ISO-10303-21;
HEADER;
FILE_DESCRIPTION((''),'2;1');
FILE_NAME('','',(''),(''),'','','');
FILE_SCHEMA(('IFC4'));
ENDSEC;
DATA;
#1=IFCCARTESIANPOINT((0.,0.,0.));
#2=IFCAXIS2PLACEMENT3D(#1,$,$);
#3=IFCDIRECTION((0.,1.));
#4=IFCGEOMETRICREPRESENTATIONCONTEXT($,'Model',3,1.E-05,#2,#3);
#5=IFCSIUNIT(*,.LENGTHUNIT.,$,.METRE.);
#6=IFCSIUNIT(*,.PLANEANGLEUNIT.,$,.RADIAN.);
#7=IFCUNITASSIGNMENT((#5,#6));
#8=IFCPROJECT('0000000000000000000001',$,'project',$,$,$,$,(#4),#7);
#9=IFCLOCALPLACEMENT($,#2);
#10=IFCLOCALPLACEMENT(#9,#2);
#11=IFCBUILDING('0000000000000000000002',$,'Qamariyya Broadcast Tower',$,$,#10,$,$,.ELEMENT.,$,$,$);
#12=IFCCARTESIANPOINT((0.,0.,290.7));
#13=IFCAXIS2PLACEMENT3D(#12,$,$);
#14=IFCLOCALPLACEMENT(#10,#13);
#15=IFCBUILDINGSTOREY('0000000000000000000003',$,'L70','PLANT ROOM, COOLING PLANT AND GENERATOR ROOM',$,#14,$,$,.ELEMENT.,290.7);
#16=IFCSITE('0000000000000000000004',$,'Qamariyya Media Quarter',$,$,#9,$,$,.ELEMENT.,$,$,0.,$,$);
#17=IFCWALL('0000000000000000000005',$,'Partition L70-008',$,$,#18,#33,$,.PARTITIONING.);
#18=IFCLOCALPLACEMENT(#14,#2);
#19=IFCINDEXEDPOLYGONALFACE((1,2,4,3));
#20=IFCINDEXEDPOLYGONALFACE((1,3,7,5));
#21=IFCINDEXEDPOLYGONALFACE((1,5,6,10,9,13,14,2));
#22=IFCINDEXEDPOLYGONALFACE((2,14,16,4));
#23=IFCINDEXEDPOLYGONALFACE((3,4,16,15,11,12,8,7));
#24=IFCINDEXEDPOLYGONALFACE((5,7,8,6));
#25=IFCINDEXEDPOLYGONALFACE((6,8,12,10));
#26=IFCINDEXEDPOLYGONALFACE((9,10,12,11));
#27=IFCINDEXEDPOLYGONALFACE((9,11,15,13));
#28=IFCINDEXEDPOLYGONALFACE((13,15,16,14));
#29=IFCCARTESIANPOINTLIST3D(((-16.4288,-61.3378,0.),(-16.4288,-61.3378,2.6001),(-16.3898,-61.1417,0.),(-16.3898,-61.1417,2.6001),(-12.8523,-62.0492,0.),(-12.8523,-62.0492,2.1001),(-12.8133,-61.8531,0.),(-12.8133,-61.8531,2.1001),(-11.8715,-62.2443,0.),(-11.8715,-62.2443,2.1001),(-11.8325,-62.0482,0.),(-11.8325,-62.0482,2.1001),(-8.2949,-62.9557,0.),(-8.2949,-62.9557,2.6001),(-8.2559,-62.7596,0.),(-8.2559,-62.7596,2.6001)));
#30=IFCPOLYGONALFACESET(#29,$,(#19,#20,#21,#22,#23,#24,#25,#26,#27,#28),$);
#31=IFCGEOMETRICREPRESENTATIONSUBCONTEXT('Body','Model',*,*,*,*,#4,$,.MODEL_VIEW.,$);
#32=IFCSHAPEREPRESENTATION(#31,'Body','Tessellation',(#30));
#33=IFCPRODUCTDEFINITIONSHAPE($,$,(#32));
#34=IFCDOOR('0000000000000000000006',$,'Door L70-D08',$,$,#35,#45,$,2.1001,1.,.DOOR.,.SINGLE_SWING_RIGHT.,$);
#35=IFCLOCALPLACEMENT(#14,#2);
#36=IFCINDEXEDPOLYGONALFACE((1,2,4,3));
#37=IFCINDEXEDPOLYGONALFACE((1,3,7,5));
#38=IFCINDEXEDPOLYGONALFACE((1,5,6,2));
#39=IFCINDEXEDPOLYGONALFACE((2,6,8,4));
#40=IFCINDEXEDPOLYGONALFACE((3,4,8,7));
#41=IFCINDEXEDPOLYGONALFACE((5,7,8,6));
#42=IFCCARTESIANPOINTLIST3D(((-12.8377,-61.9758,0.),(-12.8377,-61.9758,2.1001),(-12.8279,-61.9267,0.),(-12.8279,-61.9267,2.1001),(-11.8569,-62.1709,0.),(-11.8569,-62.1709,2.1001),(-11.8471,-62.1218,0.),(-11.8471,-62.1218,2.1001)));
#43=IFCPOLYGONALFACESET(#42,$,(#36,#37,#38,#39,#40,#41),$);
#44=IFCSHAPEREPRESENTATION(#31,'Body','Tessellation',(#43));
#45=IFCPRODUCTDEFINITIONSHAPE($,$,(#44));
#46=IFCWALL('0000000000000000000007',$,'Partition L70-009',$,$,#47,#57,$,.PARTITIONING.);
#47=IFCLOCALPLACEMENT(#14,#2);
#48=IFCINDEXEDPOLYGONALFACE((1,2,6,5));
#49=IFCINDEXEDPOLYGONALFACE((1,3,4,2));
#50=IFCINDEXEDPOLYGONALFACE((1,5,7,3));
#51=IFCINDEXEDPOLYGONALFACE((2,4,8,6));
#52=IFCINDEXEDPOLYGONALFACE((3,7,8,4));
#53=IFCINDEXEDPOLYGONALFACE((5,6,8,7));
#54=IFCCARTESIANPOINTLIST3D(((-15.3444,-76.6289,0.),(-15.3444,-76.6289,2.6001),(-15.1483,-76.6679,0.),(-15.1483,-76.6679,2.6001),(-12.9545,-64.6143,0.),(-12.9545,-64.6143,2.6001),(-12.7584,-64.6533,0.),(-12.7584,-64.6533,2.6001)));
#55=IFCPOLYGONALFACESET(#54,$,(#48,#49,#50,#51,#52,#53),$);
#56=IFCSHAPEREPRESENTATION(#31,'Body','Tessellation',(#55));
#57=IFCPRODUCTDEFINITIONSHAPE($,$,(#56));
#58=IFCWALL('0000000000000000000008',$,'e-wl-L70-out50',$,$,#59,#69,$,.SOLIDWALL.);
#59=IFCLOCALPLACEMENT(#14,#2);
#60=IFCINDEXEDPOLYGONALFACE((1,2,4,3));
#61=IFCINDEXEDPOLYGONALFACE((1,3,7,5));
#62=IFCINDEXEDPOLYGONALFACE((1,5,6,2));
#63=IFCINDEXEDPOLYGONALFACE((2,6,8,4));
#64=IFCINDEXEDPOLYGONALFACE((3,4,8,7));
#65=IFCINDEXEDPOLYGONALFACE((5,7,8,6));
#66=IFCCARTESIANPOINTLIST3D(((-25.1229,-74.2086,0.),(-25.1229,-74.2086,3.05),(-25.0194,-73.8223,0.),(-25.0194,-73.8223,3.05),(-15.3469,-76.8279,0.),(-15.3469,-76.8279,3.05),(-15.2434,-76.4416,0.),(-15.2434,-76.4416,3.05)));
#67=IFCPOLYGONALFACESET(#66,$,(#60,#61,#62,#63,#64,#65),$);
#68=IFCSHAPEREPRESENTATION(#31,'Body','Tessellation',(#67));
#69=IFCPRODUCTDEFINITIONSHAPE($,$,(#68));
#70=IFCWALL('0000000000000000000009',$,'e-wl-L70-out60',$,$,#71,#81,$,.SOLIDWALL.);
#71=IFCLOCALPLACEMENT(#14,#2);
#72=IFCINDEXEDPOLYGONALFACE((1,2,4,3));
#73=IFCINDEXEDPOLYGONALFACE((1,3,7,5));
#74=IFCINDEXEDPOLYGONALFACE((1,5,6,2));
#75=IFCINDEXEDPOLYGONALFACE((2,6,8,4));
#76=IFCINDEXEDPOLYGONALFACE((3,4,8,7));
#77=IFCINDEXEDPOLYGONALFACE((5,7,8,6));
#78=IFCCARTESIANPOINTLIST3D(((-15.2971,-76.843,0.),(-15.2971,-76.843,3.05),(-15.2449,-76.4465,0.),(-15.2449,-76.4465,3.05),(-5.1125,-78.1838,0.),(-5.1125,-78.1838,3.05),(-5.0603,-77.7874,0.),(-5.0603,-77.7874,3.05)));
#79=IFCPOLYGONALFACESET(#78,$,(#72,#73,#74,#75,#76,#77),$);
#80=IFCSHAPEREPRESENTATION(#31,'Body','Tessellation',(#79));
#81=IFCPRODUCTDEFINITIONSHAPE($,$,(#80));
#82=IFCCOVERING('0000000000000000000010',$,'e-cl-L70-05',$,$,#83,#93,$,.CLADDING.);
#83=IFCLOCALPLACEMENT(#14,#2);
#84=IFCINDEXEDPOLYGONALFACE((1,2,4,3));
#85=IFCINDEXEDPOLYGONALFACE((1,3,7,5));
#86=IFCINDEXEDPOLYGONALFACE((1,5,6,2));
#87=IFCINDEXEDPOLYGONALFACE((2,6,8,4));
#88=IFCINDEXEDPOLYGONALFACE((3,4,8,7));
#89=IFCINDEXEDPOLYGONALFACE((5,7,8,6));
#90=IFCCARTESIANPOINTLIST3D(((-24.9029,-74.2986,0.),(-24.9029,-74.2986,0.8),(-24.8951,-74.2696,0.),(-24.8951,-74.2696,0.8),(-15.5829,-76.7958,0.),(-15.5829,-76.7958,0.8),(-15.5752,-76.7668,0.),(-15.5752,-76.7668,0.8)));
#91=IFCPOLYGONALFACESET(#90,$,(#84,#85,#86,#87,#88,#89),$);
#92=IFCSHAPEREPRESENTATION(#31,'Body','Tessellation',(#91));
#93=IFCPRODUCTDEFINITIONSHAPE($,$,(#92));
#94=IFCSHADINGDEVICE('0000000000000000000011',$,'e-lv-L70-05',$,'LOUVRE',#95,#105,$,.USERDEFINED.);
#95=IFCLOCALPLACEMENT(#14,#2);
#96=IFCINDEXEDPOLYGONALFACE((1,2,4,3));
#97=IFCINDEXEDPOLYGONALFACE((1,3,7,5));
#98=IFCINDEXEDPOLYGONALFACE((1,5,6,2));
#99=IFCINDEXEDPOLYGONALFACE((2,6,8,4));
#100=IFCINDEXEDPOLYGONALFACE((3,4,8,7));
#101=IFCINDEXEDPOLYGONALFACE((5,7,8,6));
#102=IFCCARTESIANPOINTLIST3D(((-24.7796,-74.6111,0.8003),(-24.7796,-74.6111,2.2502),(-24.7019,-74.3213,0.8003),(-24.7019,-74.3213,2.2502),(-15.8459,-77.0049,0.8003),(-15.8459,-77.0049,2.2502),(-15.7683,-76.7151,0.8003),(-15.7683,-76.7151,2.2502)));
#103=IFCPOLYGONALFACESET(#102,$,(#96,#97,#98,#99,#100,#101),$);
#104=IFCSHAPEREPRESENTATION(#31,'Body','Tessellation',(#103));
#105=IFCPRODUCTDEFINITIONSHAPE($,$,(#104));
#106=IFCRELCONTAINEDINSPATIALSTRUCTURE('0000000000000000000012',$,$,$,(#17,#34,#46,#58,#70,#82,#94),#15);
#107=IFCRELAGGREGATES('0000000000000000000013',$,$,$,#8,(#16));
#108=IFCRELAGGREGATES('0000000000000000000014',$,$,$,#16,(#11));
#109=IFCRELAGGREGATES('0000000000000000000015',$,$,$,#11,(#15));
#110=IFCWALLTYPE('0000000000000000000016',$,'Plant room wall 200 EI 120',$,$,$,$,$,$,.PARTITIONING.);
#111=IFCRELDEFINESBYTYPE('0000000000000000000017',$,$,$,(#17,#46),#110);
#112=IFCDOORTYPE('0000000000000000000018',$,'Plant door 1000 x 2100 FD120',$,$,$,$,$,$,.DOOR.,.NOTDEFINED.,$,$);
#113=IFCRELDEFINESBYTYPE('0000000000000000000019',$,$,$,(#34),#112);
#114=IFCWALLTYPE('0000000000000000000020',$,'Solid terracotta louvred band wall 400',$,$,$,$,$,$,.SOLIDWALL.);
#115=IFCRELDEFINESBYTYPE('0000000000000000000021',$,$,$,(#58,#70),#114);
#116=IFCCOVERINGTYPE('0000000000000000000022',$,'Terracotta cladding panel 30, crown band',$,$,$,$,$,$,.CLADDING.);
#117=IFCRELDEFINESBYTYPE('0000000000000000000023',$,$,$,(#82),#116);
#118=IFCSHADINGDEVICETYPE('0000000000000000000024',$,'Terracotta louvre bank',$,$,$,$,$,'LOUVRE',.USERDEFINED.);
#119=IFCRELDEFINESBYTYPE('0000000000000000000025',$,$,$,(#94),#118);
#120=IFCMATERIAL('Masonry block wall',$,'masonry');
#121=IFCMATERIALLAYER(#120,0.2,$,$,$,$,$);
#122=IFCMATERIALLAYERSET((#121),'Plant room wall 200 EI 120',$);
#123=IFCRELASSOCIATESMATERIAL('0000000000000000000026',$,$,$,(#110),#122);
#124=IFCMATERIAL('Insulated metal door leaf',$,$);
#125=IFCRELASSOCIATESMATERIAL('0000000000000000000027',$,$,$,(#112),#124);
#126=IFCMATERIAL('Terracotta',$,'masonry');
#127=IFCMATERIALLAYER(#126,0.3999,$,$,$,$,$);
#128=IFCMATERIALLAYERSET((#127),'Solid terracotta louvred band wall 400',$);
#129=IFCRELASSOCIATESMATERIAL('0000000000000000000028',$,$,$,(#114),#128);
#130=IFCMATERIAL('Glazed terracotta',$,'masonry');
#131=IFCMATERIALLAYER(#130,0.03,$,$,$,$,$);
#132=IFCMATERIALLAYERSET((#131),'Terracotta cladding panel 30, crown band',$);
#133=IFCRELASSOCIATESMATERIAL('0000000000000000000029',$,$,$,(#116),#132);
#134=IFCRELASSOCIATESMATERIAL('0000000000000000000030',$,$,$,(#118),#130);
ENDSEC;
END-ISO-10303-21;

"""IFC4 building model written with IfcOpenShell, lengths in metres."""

from ifc_helpers import new_model, si_unit, direction, frame, frame_2d, origin, origin_2d, place, context, subcontext, project, spatial, rectangle, extrude, material, layer, layer_set, type_object, element, fill, save


model = new_model("IFC4")

# Units and contexts
model_context = context("Model", 3, precision=1e-05, world=origin(), true_north=direction((0.0, 1.0)))
body_context = subcontext(model_context, "Body", "Model", "MODEL_VIEW")
ifc_project = project(units=[si_unit("LENGTHUNIT", "METRE"), si_unit("PLANEANGLEUNIT", "RADIAN")], contexts=[model_context])

# Site, building, storey
site_placement = place(None, origin())
site = spatial("IfcSite", under=ifc_project, at=site_placement, Name="Qamariyya Media Quarter", CompositionType="ELEMENT", RefElevation=0.0)
building_placement = place(site_placement, origin())
building = spatial("IfcBuilding", under=site, at=building_placement, Name="Qamariyya Broadcast Tower", CompositionType="ELEMENT")
storey_placement = place(building_placement, frame((0.0, 0.0, 290.7)))
storey = spatial("IfcBuildingStorey", under=building, at=storey_placement, Name="L70", Description="PLANT ROOM, COOLING PLANT AND GENERATOR ROOM", CompositionType="ELEMENT", Elevation=290.7)

# Shared definitions
ifc_material_1 = material(Name="Masonry block wall", Category="masonry")
ifc_layer_1 = layer(ifc_material_1, 0.2)
ifc_layer_set_1 = layer_set([ifc_layer_1], Name="Plant room wall 200 EI 120")
wall_type_1 = type_object("IfcWallType", Name="Plant room wall 200 EI 120", PredefinedType="PARTITIONING", material=ifc_layer_set_1)
ifc_material_2 = material(Name="Insulated metal door leaf")
door_type = type_object("IfcDoorType", Name="Plant door 1000 x 2100 FD120", OperationType="NOTDEFINED", PredefinedType="DOOR", material=ifc_material_2)

# Wall, opening, door
wall_1_placement = place(storey_placement, frame((-16.4092, -61.2397, 0.0), z_axis=(0.0, 0.0, 1.0), x_axis=(0.980785, -0.195091, 0.0)))
wall_1 = element("IfcWall", 1, at=wall_1_placement, inside=storey, type_object=wall_type_1, Name="Partition L70-008", PredefinedType="PARTITIONING", context=body_context, shape_type="SweptSolid", body=[
    extrude(rectangle(XDim=8.2932, YDim=0.2, at=frame_2d((4.1465, 0.0))), origin(), (0.0, 0.0, 1.0), 2.6001),
])
opening_1_placement = place(wall_1_placement, frame((3.6465, 0.0, 0.0)))
opening_1 = element("IfcOpeningElement", 2, at=opening_1_placement, cuts=wall_1, PredefinedType="OPENING", context=body_context, shape_type="SweptSolid", body=[
    extrude(rectangle(XDim=1.0, YDim=2.1001, at=frame_2d((0.5, 1.05))), frame((0.0, 0.1099, 0.0), z_axis=(0.0, -1.0, 0.0), x_axis=(1.0, 0.0, 0.0)), (0.0, 0.0, 1.0), 0.22),
])
door_1_placement = place(opening_1_placement, origin())
door_1 = element("IfcDoor", 3, at=door_1_placement, inside=storey, type_object=door_type, Name="Door L70-D08", OperationType="SINGLE_SWING_RIGHT", OverallHeight=2.1001, OverallWidth=1.0, PredefinedType="DOOR", context=body_context, shape_type="SweptSolid", body=[
    extrude(rectangle(XDim=1.0, YDim=2.1001, at=frame_2d((0.5, 1.05))), frame((0.0, 0.0249, 0.0), z_axis=(0.0, -1.0, 0.0), x_axis=(1.0, 0.0, 0.0)), (0.0, 0.0, 1.0), 0.05),
])
fill(opening_1, door_1)

# Walls
wall_2_placement = place(storey_placement, frame((-15.2463, -76.6484, 0.0), z_axis=(0.0, 0.0, 1.0), x_axis=(0.195093, 0.980785, 0.0)))
element("IfcWall", 4, at=wall_2_placement, inside=storey, type_object=wall_type_1, Name="Partition L70-009", PredefinedType="PARTITIONING", context=body_context, shape_type="SweptSolid", body=[
    extrude(rectangle(XDim=12.25, YDim=0.2, at=frame_2d((6.125, 0.0))), origin(), (0.0, 0.0, 1.0), 2.6001),
])
ifc_material_3 = material(Name="Terracotta", Category="masonry")
ifc_layer_2 = layer(ifc_material_3, 0.3999)
ifc_layer_set_2 = layer_set([ifc_layer_2], Name="Solid terracotta louvred band wall 400")
wall_type_2 = type_object("IfcWallType", Name="Solid terracotta louvred band wall 400", PredefinedType="SOLIDWALL", material=ifc_layer_set_2)
wall_3_placement = place(storey_placement, frame((-25.0713, -74.0154, 0.0), z_axis=(0.0, 0.0, 1.0), x_axis=(0.965929, -0.258808, 0.0)))
element("IfcWall", 5, at=wall_3_placement, inside=storey, type_object=wall_type_2, Name="e-wl-L70-out50", PredefinedType="SOLIDWALL", context=body_context, shape_type="SweptSolid", body=[
    extrude(rectangle(XDim=10.1208, YDim=0.3999, at=frame_2d((5.0605, 0.0))), origin(), (0.0, 0.0, 1.0), 3.05),
])
wall_4_placement = place(storey_placement, frame((-15.271, -76.6448, 0.0), z_axis=(0.0, 0.0, 1.0), x_axis=(0.991445, -0.130526, 0.0)))
element("IfcWall", 6, at=wall_4_placement, inside=storey, type_object=wall_type_2, Name="e-wl-L70-out60", PredefinedType="SOLIDWALL", context=body_context, shape_type="SweptSolid", body=[
    extrude(rectangle(XDim=10.2725, YDim=0.3999, at=frame_2d((5.1362, 0.0))), origin(), (0.0, 0.0, 1.0), 3.05),
])

# Covering
ifc_material_4 = material(Name="Glazed terracotta", Category="masonry")
ifc_layer_3 = layer(ifc_material_4, 0.03)
ifc_layer_set_3 = layer_set([ifc_layer_3], Name="Terracotta cladding panel 30, crown band")
covering_type = type_object("IfcCoveringType", Name="Terracotta cladding panel 30, crown band", PredefinedType="CLADDING", material=ifc_layer_set_3)
covering_placement = place(storey_placement, frame((-20.239, -75.5327, 0.0), z_axis=(0.0, 0.0, 1.0), x_axis=(0.965926, -0.258819, 0.0)))
element("IfcCovering", 7, at=covering_placement, inside=storey, type_object=covering_type, Name="e-cl-L70-05", PredefinedType="CLADDING", context=body_context, shape_type="SweptSolid", body=[
    extrude(rectangle(XDim=9.6487, YDim=0.03, at=origin_2d()), origin(), (0.0, 0.0, 1.0), 0.8),
])

# Shading device
shading_device_type = type_object("IfcShadingDeviceType", Name="Terracotta louvre bank", ElementType="LOUVRE", PredefinedType="USERDEFINED", material=ifc_material_4)
shading_device_placement = place(storey_placement, frame((-20.2739, -75.6631, 0.8003), z_axis=(0.0, 0.0, 1.0), x_axis=(0.965926, -0.258819, 0.0)))
element("IfcShadingDevice", 8, at=shading_device_placement, inside=storey, type_object=shading_device_type, Name="e-lv-L70-05", ObjectType="LOUVRE", PredefinedType="USERDEFINED", context=body_context, shape_type="SweptSolid", body=[
    extrude(rectangle(XDim=9.2488, YDim=0.3, at=origin_2d()), origin(), (0.0, 0.0, 1.0), 1.45),
])

save(model, "model.ifc")
